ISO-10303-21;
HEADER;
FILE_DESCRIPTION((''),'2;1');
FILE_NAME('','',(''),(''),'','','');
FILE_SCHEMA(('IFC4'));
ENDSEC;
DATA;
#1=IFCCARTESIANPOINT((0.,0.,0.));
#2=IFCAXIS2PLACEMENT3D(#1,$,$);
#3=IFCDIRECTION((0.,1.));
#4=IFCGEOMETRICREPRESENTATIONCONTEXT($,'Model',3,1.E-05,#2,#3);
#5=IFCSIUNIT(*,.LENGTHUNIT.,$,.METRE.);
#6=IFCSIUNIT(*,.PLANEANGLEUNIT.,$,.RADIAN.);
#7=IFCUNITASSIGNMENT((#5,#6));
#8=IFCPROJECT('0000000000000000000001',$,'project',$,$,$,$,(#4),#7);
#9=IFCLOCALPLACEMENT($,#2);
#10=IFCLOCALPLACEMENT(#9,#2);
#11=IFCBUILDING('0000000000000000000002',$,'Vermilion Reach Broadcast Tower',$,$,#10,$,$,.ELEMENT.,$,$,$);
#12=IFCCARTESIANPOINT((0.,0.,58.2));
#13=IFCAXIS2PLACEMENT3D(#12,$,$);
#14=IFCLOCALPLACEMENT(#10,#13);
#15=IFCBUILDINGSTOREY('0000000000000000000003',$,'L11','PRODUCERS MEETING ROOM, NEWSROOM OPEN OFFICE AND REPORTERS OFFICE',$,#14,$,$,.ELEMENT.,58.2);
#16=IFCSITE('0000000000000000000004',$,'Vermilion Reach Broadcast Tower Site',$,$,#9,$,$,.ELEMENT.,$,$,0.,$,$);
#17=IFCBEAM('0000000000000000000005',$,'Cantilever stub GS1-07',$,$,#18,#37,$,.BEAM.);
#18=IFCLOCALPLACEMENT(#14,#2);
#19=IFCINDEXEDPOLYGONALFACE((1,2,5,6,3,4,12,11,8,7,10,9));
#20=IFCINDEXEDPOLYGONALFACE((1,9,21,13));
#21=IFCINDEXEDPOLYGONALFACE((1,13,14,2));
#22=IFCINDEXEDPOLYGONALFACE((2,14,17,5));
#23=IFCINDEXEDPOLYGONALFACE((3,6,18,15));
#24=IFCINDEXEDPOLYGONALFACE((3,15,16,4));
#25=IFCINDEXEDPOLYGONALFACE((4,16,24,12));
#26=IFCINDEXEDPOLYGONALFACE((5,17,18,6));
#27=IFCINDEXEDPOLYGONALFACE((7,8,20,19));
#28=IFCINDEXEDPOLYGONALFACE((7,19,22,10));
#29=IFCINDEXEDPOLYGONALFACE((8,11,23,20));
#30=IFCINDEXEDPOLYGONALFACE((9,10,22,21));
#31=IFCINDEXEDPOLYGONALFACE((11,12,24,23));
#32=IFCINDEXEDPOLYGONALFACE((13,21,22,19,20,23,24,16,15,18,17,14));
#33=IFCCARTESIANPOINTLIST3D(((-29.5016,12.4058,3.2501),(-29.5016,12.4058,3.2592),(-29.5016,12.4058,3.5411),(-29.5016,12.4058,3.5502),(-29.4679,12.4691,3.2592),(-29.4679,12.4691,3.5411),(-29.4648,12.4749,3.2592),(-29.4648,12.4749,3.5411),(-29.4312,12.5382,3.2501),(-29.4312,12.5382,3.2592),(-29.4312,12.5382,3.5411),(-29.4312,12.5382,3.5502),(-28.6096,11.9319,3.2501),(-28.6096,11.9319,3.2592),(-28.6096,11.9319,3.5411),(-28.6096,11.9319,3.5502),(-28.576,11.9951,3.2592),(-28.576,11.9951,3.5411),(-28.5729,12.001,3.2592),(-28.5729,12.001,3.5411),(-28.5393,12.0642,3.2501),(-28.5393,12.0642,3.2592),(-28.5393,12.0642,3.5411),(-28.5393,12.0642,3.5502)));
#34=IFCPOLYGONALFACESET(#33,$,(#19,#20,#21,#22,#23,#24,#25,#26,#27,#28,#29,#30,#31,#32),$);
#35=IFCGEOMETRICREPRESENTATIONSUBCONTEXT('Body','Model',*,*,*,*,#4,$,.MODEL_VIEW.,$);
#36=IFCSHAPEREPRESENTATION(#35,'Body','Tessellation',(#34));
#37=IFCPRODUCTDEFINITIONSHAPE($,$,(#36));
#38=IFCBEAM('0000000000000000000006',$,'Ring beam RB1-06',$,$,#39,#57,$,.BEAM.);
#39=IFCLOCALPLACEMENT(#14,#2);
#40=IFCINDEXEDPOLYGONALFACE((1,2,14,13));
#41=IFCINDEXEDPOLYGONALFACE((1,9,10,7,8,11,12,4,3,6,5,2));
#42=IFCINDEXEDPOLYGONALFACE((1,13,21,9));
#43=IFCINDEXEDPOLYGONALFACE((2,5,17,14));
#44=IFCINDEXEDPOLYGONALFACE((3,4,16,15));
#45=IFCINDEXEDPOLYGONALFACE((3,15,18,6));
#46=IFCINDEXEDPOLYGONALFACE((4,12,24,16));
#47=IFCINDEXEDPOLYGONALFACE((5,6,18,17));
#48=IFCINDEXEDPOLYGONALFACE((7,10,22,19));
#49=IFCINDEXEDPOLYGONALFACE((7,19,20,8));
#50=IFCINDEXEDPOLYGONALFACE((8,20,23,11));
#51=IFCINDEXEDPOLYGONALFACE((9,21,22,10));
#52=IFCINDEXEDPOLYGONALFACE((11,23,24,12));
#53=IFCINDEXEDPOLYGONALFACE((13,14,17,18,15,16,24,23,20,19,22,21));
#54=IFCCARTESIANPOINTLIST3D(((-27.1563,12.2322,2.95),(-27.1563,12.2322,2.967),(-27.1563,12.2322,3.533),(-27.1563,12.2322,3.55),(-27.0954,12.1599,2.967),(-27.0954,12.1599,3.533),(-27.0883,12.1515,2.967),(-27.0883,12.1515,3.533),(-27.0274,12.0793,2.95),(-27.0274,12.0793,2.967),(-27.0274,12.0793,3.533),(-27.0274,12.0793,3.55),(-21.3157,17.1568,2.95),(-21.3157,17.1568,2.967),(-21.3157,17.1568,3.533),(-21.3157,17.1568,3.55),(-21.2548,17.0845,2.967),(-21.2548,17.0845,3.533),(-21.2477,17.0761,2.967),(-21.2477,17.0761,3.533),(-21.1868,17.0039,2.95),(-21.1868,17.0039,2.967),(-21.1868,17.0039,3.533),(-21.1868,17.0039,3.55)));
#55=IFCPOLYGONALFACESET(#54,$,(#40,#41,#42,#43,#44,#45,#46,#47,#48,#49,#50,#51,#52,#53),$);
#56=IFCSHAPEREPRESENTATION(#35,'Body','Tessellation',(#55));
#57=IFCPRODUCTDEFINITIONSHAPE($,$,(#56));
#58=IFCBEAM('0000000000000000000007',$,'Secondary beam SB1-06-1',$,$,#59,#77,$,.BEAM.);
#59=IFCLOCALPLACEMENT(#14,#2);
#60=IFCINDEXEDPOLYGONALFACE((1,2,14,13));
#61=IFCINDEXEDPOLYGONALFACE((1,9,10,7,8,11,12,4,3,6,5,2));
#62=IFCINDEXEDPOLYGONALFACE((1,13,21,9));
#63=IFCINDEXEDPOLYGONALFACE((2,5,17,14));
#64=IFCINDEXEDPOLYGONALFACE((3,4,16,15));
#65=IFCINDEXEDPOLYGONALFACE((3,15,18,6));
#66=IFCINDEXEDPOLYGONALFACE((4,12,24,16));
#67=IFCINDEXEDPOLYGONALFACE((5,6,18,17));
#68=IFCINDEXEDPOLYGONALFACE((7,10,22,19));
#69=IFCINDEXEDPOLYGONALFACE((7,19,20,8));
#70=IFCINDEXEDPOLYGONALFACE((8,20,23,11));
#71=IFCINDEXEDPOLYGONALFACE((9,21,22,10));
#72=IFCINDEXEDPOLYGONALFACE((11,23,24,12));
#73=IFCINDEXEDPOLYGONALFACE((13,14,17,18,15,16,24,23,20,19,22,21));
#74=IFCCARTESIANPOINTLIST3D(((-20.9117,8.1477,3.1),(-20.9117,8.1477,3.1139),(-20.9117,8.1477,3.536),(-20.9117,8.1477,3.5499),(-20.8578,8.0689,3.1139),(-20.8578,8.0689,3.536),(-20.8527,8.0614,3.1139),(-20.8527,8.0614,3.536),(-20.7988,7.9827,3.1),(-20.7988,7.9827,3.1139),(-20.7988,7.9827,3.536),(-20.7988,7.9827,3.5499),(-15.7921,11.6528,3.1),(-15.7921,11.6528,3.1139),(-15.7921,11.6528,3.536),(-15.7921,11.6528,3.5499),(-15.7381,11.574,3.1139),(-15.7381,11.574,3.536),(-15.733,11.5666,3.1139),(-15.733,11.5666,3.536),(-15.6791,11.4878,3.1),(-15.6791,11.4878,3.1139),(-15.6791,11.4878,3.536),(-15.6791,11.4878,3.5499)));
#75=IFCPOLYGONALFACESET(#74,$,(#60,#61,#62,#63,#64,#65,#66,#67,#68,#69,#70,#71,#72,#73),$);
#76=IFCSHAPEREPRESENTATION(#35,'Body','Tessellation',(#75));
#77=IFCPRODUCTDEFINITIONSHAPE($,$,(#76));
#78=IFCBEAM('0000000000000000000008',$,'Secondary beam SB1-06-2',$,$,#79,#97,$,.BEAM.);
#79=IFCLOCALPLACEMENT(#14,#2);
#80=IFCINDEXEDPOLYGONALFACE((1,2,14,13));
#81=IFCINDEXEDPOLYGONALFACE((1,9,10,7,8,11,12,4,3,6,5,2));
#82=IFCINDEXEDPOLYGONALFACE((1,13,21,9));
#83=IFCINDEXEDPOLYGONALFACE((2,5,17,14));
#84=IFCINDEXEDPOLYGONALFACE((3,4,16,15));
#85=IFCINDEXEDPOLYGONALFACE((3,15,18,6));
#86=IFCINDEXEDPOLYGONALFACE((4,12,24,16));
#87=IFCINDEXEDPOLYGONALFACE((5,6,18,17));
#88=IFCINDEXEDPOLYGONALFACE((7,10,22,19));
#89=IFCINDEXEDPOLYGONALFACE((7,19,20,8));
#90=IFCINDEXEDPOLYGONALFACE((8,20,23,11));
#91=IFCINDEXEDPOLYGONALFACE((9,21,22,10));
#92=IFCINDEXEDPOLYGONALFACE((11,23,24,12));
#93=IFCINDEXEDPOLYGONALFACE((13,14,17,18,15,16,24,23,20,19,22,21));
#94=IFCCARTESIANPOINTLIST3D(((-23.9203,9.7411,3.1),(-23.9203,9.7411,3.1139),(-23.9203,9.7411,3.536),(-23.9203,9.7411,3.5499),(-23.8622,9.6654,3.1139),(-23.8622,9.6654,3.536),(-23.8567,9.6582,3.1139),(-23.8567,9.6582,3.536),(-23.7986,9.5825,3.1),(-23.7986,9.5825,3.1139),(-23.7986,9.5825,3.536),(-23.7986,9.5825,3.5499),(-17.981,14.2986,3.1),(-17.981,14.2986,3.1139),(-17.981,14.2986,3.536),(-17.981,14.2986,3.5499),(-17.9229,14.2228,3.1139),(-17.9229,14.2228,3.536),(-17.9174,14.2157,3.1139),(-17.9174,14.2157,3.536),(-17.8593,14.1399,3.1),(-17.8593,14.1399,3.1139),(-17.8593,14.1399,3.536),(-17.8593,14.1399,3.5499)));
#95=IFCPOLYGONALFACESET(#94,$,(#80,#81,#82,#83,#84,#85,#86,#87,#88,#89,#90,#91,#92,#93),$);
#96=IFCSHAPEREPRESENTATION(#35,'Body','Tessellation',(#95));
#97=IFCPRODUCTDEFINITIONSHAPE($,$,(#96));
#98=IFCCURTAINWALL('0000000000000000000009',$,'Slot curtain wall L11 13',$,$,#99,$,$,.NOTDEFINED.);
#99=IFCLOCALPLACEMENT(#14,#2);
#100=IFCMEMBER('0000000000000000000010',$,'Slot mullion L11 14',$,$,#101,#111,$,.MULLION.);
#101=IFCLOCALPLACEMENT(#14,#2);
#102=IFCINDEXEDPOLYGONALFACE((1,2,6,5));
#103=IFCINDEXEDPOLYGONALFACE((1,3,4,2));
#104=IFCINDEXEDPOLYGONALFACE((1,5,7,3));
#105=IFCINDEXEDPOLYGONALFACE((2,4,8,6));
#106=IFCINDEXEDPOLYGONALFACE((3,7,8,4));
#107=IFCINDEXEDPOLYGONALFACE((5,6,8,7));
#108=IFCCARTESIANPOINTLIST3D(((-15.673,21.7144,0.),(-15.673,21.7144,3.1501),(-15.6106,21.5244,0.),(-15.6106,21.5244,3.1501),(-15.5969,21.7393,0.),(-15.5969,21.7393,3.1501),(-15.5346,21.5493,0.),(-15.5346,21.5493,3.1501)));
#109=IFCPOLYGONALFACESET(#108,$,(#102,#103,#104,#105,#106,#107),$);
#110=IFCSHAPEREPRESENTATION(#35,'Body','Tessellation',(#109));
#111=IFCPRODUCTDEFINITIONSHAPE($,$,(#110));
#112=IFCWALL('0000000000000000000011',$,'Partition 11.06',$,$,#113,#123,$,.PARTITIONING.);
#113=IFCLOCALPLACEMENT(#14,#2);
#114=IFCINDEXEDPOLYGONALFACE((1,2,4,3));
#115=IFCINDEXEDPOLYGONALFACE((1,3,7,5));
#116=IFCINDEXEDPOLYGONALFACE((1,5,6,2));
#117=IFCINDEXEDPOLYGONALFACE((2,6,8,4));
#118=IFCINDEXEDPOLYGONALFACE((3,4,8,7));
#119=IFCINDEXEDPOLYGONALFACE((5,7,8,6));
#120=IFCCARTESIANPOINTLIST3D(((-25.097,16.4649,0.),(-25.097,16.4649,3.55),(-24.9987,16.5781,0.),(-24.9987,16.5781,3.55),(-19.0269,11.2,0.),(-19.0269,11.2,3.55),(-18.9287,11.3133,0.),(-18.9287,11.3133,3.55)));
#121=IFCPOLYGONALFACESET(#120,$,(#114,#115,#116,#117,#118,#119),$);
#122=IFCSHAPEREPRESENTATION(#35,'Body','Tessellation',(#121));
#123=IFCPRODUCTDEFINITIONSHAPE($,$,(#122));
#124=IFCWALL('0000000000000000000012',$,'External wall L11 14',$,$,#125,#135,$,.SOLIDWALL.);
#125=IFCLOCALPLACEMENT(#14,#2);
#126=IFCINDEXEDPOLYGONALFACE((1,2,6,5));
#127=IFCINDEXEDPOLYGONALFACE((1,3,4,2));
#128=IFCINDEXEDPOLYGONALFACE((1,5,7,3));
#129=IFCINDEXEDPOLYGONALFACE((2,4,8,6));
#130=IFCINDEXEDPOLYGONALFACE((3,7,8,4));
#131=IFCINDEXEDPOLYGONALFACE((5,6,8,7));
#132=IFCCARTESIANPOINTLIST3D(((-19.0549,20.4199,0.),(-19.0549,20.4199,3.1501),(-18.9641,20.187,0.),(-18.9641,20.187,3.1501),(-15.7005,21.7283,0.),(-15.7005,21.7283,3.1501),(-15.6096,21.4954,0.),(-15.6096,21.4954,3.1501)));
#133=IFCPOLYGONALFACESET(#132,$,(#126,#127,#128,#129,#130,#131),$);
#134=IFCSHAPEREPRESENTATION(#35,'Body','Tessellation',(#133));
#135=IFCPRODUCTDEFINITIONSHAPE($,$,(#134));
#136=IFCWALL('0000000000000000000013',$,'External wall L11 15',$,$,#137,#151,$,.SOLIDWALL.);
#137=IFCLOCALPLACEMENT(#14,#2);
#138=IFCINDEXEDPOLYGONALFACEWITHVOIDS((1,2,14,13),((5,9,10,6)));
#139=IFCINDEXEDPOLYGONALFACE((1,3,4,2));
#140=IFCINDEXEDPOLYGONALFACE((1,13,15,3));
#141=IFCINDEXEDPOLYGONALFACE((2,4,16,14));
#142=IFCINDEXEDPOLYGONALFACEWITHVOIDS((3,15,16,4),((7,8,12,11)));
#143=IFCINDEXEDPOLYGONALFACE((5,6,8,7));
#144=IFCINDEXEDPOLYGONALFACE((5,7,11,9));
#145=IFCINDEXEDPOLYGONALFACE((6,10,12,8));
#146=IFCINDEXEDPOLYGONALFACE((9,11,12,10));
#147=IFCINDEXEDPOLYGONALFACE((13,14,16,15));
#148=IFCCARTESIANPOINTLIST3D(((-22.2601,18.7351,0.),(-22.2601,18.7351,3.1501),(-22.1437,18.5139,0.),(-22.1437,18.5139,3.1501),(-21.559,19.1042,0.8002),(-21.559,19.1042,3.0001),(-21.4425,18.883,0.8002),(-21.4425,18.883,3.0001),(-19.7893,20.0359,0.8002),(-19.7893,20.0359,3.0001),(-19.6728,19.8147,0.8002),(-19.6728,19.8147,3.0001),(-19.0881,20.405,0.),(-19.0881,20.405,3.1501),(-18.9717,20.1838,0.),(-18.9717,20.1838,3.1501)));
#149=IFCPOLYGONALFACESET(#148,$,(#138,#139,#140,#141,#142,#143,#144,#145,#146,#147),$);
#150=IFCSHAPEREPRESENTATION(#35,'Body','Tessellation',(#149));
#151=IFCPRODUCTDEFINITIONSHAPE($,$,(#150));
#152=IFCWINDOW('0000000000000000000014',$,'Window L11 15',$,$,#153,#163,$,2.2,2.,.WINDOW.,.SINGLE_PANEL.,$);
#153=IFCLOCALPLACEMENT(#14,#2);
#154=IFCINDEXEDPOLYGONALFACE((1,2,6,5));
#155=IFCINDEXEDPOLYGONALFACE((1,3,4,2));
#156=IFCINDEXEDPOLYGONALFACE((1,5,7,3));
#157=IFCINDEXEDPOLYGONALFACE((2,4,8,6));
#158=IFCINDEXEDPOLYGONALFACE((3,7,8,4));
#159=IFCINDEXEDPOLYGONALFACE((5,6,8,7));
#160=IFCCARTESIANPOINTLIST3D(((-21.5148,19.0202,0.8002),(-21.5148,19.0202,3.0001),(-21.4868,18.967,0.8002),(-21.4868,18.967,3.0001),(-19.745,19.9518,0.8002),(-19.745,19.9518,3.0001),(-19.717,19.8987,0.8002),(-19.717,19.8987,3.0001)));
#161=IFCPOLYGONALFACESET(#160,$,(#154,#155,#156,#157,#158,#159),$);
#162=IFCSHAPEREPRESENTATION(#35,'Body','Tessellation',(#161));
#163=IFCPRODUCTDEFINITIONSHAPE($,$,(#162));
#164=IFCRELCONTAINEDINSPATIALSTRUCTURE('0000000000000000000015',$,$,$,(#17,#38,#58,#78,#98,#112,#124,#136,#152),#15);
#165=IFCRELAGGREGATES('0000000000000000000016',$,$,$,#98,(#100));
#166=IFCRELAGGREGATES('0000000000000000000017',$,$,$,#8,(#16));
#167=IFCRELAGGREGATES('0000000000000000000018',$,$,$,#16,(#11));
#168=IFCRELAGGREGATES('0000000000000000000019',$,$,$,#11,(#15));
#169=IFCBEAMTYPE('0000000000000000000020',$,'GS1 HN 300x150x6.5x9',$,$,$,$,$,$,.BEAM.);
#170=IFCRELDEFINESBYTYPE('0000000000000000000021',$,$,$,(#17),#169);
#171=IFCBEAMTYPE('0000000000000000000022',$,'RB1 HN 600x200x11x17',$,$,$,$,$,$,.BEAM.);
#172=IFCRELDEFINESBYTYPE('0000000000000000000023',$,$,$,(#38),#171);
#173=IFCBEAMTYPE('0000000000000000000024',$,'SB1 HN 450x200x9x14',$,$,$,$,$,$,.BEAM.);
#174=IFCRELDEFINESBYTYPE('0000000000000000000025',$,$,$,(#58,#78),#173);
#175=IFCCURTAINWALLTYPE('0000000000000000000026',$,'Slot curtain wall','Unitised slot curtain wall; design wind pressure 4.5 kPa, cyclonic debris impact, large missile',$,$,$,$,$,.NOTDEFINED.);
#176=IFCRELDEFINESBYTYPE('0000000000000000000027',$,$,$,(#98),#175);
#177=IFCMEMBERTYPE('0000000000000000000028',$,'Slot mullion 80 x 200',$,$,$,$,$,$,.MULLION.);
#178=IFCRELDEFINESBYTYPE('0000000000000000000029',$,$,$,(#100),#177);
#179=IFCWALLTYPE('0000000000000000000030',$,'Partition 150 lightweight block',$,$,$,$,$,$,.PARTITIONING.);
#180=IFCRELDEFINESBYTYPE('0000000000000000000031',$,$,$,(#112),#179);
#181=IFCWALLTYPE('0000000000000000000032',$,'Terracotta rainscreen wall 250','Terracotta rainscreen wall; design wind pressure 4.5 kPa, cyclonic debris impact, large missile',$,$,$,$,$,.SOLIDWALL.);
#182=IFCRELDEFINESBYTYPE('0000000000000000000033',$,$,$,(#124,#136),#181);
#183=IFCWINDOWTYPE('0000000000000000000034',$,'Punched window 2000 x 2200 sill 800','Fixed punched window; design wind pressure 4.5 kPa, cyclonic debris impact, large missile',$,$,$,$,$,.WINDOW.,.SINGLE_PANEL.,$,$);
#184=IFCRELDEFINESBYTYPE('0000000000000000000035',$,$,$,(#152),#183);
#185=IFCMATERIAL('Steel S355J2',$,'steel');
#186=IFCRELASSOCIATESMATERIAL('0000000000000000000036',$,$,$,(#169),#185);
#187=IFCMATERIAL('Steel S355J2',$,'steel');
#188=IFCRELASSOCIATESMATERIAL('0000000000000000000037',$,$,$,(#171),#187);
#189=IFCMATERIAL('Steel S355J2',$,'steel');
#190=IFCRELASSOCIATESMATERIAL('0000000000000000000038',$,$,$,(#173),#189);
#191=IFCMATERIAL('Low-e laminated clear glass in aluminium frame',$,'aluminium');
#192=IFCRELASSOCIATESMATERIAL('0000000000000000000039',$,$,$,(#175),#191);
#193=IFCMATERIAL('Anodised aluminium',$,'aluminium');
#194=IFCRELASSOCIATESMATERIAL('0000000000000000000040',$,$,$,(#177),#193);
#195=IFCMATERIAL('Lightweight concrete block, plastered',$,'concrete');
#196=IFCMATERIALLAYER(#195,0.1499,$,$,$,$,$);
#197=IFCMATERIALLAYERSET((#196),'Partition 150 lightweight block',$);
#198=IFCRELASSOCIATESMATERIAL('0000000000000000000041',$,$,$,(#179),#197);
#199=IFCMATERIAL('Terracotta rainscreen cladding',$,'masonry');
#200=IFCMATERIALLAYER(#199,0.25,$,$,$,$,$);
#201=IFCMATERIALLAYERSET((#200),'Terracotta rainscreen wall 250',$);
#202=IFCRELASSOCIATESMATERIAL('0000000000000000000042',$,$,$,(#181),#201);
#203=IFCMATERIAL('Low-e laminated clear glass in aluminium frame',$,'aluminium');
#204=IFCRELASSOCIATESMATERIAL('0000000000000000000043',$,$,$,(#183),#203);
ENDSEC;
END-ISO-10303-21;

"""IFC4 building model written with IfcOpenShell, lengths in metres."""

from ifc_helpers import new_model, si_unit, direction, frame, frame_2d, origin, origin_2d, place, context, subcontext, project, spatial, rectangle, i_section, extrude, material, layer, layer_set, material_profile, profile_set, type_object, element, fill, aggregate, save


model = new_model("IFC4")

# Units and contexts
model_context = context("Model", 3, precision=1e-05, world=origin(), true_north=direction((0.0, 1.0)))
body_context = subcontext(model_context, "Body", "Model", "MODEL_VIEW")
ifc_project = project(units=[si_unit("LENGTHUNIT", "METRE"), si_unit("PLANEANGLEUNIT", "RADIAN")], contexts=[model_context])

# Site, building, storey
site_placement = place(None, origin())
site = spatial("IfcSite", under=ifc_project, at=site_placement, Name="Vermilion Reach Broadcast Tower Site", CompositionType="ELEMENT", RefElevation=0.0)
building_placement = place(site_placement, origin())
building = spatial("IfcBuilding", under=site, at=building_placement, Name="Vermilion Reach Broadcast Tower", CompositionType="ELEMENT")
storey_placement = place(building_placement, frame((0.0, 0.0, 58.2)))
storey = spatial("IfcBuildingStorey", under=building, at=storey_placement, Name="L11", Description="PRODUCERS MEETING ROOM, NEWSROOM OPEN OFFICE AND REPORTERS OFFICE", CompositionType="ELEMENT", Elevation=58.2)

# Beams
ifc_material_1 = material(Name="Steel S355J2", Category="steel")
ifc_material_profile_1 = material_profile(ifc_material_1, i_section(OverallWidth=0.1499, OverallDepth=0.3, WebThickness=0.0066, FlangeThickness=0.009, at=origin_2d()), Name="S355J2 HN 300x150x6.5x9")
ifc_profile_set_1 = profile_set([ifc_material_profile_1], Name="Steel S355J2")
beam_type_1 = type_object("IfcBeamType", Name="GS1 HN 300x150x6.5x9", PredefinedType="BEAM", material=ifc_profile_set_1)
beam_1_placement = place(storey_placement, frame((-28.5745, 11.998, 3.4001), z_axis=(-0.883081, 0.46922, 0.0), x_axis=(-0.46922, -0.883081, 0.0)))
element("IfcBeam", 1, at=beam_1_placement, inside=storey, type_object=beam_type_1, Name="Cantilever stub GS1-07", PredefinedType="BEAM", context=body_context, shape_type="SweptSolid", body=[
    extrude(i_section(OverallWidth=0.1499, OverallDepth=0.3, WebThickness=0.0066, FlangeThickness=0.009, at=origin_2d()), origin(), (0.0, 0.0, 1.0), 1.01),
])
ifc_material_2 = material(Name="Steel S355J2", Category="steel")
ifc_material_profile_2 = material_profile(ifc_material_2, i_section(OverallWidth=0.2, OverallDepth=0.6001, WebThickness=0.011, FlangeThickness=0.0171, at=origin_2d()), Name="S355J2 HN 600x200x11x17")
ifc_profile_set_2 = profile_set([ifc_material_profile_2], Name="Steel S355J2")
beam_type_2 = type_object("IfcBeamType", Name="RB1 HN 600x200x11x17", PredefinedType="BEAM", material=ifc_profile_set_2)
beam_2_placement = place(storey_placement, frame((-21.2512, 17.0803, 3.25), z_axis=(-0.764512, -0.644609, 0.0), x_axis=(0.644609, -0.764512, 0.0)))
element("IfcBeam", 2, at=beam_2_placement, inside=storey, type_object=beam_type_2, Name="Ring beam RB1-06", PredefinedType="BEAM", context=body_context, shape_type="SweptSolid", body=[
    extrude(i_section(OverallWidth=0.2, OverallDepth=0.6001, WebThickness=0.011, FlangeThickness=0.0171, at=origin_2d()), origin(), (0.0, 0.0, 1.0), 7.6396),
])
ifc_material_3 = material(Name="Steel S355J2", Category="steel")
ifc_material_profile_3 = material_profile(ifc_material_3, i_section(OverallWidth=0.2, OverallDepth=0.45, WebThickness=0.009, FlangeThickness=0.0139, at=origin_2d()), Name="S355J2 HN 450x200x9x14")
ifc_profile_set_3 = profile_set([ifc_material_profile_3], Name="Steel S355J2")
beam_type_3 = type_object("IfcBeamType", Name="SB1 HN 450x200x9x14", PredefinedType="BEAM", material=ifc_profile_set_3)
beam_3_placement = place(storey_placement, frame((-15.7356, 11.5703, 3.325), z_axis=(-0.82514, -0.564928, 0.0), x_axis=(0.564928, -0.82514, 0.0)))
element("IfcBeam", 3, at=beam_3_placement, inside=storey, type_object=beam_type_3, Name="Secondary beam SB1-06-1", PredefinedType="BEAM", context=body_context, shape_type="SweptSolid", body=[
    extrude(i_section(OverallWidth=0.2, OverallDepth=0.45, WebThickness=0.009, FlangeThickness=0.0139, at=origin_2d()), origin(), (0.0, 0.0, 1.0), 6.2046),
])
beam_4_placement = place(storey_placement, frame((-17.9202, 14.2192, 3.325), z_axis=(-0.79335, -0.608766, 0.0), x_axis=(0.608766, -0.79335, 0.0)))
element("IfcBeam", 4, at=beam_4_placement, inside=storey, type_object=beam_type_3, Name="Secondary beam SB1-06-2", PredefinedType="BEAM", context=body_context, shape_type="SweptSolid", body=[
    extrude(i_section(OverallWidth=0.2, OverallDepth=0.45, WebThickness=0.009, FlangeThickness=0.0139, at=origin_2d()), origin(), (0.0, 0.0, 1.0), 7.4863),
])

# Curtain wall, member
ifc_material_4 = material(Name="Low-e laminated clear glass in aluminium frame", Category="aluminium")
curtain_wall_type = type_object("IfcCurtainWallType", Name="Slot curtain wall", Description="Unitised slot curtain wall; design wind pressure 4.5 kPa, cyclonic debris impact, large missile", PredefinedType="NOTDEFINED", material=ifc_material_4)
curtain_wall_placement = place(storey_placement, origin())
curtain_wall = element("IfcCurtainWall", 5, at=curtain_wall_placement, inside=storey, type_object=curtain_wall_type, Name="Slot curtain wall L11 13", PredefinedType="NOTDEFINED")
ifc_material_5 = material(Name="Anodised aluminium", Category="aluminium")
ifc_material_profile_4 = material_profile(ifc_material_5, rectangle(XDim=0.2, YDim=0.0801, at=origin_2d()), Name="Slot mullion 80 x 200")
ifc_profile_set_4 = profile_set([ifc_material_profile_4], Name="Anodised aluminium")
member_type = type_object("IfcMemberType", Name="Slot mullion 80 x 200", PredefinedType="MULLION", material=ifc_profile_set_4)
member_placement = place(storey_placement, frame((-15.6038, 21.6318, 0.0), z_axis=(0.0, 0.0, 1.0), x_axis=(0.311688, -0.950184, 0.0)))
member = element("IfcMember", 6, at=member_placement, type_object=member_type, Name="Slot mullion L11 14", PredefinedType="MULLION", context=body_context, shape_type="SweptSolid", body=[
    extrude(rectangle(XDim=0.2, YDim=0.0801, at=origin_2d()), origin(), (0.0, 0.0, 1.0), 3.1501),
])
aggregate(curtain_wall, [member])

# Walls
ifc_material_6 = material(Name="Lightweight concrete block, plastered", Category="concrete")
ifc_layer_1 = layer(ifc_material_6, 0.1499)
ifc_layer_set_1 = layer_set([ifc_layer_1], Name="Partition 150 lightweight block")
wall_type_1 = type_object("IfcWallType", Name="Partition 150 lightweight block", PredefinedType="PARTITIONING", material=ifc_layer_set_1)
wall_1_placement = place(storey_placement, frame((-25.0479, 16.5215, 0.0), z_axis=(0.0, 0.0, 1.0), x_axis=(0.755432, -0.655227, 0.0)))
element("IfcWall", 7, at=wall_1_placement, inside=storey, type_object=wall_type_1, Name="Partition 11.06", PredefinedType="PARTITIONING", context=body_context, shape_type="SweptSolid", body=[
    extrude(rectangle(XDim=8.0352, YDim=0.1499, at=frame_2d((4.0176, 0.0))), origin(), (0.0, 0.0, 1.0), 3.55),
])
ifc_material_7 = material(Name="Terracotta rainscreen cladding", Category="masonry")
ifc_layer_2 = layer(ifc_material_7, 0.25)
ifc_layer_set_2 = layer_set([ifc_layer_2], Name="Terracotta rainscreen wall 250")
wall_type_2 = type_object("IfcWallType", Name="Terracotta rainscreen wall 250", Description="Terracotta rainscreen wall; design wind pressure 4.5 kPa, cyclonic debris impact, large missile", PredefinedType="SOLIDWALL", material=ifc_layer_set_2)
wall_2_placement = place(storey_placement, frame((-15.655, 21.6118, 0.0), z_axis=(0.0, 0.0, 1.0), x_axis=(-0.931645, -0.363369, 0.0)))
element("IfcWall", 8, at=wall_2_placement, inside=storey, type_object=wall_type_2, Name="External wall L11 14", PredefinedType="SOLIDWALL", context=body_context, shape_type="SweptSolid", body=[
    extrude(rectangle(XDim=3.6006, YDim=0.25, at=frame_2d((1.8003, 0.0))), origin(), (0.0, 0.0, 1.0), 3.1501),
])

# Wall, opening, window
wall_3_placement = place(storey_placement, frame((-19.0298, 20.2944, 0.0), z_axis=(0.0, 0.0, 1.0), x_axis=(-0.884874, -0.465831, 0.0)))
wall_3 = element("IfcWall", 9, at=wall_3_placement, inside=storey, type_object=wall_type_2, Name="External wall L11 15", PredefinedType="SOLIDWALL", context=body_context, shape_type="SweptSolid", body=[
    extrude(rectangle(XDim=3.5847, YDim=0.25, at=frame_2d((1.7925, 0.0))), origin(), (0.0, 0.0, 1.0), 3.1501),
])
opening_1_placement = place(wall_3_placement, frame((0.7925, 0.0, 0.8)))
opening_1 = element("IfcOpeningElement", 10, at=opening_1_placement, cuts=wall_3, PredefinedType="OPENING", context=body_context, shape_type="SweptSolid", body=[
    extrude(rectangle(XDim=2.0, YDim=2.2, at=frame_2d((1.0, 1.1001))), frame((0.0, 0.135, 0.0), z_axis=(0.0, -1.0, 0.0), x_axis=(1.0, 0.0, 0.0)), (0.0, 0.0, 1.0), 0.27),
])
ifc_material_8 = material(Name="Low-e laminated clear glass in aluminium frame", Category="aluminium")
window_type = type_object("IfcWindowType", Name="Punched window 2000 x 2200 sill 800", Description="Fixed punched window; design wind pressure 4.5 kPa, cyclonic debris impact, large missile", PartitioningType="SINGLE_PANEL", PredefinedType="WINDOW", material=ifc_material_8)
window_1_placement = place(opening_1_placement, origin())
window_1 = element("IfcWindow", 11, at=window_1_placement, inside=storey, type_object=window_type, Name="Window L11 15", OverallHeight=2.2, OverallWidth=2.0, PartitioningType="SINGLE_PANEL", PredefinedType="WINDOW", context=body_context, shape_type="SweptSolid", body=[
    extrude(rectangle(XDim=2.0, YDim=2.2, at=frame_2d((1.0, 1.1001))), frame((0.0, 0.03, 0.0), z_axis=(0.0, -1.0, 0.0), x_axis=(1.0, 0.0, 0.0)), (0.0, 0.0, 1.0), 0.0601),
])
fill(opening_1, window_1)

save(model, "model.ifc")
